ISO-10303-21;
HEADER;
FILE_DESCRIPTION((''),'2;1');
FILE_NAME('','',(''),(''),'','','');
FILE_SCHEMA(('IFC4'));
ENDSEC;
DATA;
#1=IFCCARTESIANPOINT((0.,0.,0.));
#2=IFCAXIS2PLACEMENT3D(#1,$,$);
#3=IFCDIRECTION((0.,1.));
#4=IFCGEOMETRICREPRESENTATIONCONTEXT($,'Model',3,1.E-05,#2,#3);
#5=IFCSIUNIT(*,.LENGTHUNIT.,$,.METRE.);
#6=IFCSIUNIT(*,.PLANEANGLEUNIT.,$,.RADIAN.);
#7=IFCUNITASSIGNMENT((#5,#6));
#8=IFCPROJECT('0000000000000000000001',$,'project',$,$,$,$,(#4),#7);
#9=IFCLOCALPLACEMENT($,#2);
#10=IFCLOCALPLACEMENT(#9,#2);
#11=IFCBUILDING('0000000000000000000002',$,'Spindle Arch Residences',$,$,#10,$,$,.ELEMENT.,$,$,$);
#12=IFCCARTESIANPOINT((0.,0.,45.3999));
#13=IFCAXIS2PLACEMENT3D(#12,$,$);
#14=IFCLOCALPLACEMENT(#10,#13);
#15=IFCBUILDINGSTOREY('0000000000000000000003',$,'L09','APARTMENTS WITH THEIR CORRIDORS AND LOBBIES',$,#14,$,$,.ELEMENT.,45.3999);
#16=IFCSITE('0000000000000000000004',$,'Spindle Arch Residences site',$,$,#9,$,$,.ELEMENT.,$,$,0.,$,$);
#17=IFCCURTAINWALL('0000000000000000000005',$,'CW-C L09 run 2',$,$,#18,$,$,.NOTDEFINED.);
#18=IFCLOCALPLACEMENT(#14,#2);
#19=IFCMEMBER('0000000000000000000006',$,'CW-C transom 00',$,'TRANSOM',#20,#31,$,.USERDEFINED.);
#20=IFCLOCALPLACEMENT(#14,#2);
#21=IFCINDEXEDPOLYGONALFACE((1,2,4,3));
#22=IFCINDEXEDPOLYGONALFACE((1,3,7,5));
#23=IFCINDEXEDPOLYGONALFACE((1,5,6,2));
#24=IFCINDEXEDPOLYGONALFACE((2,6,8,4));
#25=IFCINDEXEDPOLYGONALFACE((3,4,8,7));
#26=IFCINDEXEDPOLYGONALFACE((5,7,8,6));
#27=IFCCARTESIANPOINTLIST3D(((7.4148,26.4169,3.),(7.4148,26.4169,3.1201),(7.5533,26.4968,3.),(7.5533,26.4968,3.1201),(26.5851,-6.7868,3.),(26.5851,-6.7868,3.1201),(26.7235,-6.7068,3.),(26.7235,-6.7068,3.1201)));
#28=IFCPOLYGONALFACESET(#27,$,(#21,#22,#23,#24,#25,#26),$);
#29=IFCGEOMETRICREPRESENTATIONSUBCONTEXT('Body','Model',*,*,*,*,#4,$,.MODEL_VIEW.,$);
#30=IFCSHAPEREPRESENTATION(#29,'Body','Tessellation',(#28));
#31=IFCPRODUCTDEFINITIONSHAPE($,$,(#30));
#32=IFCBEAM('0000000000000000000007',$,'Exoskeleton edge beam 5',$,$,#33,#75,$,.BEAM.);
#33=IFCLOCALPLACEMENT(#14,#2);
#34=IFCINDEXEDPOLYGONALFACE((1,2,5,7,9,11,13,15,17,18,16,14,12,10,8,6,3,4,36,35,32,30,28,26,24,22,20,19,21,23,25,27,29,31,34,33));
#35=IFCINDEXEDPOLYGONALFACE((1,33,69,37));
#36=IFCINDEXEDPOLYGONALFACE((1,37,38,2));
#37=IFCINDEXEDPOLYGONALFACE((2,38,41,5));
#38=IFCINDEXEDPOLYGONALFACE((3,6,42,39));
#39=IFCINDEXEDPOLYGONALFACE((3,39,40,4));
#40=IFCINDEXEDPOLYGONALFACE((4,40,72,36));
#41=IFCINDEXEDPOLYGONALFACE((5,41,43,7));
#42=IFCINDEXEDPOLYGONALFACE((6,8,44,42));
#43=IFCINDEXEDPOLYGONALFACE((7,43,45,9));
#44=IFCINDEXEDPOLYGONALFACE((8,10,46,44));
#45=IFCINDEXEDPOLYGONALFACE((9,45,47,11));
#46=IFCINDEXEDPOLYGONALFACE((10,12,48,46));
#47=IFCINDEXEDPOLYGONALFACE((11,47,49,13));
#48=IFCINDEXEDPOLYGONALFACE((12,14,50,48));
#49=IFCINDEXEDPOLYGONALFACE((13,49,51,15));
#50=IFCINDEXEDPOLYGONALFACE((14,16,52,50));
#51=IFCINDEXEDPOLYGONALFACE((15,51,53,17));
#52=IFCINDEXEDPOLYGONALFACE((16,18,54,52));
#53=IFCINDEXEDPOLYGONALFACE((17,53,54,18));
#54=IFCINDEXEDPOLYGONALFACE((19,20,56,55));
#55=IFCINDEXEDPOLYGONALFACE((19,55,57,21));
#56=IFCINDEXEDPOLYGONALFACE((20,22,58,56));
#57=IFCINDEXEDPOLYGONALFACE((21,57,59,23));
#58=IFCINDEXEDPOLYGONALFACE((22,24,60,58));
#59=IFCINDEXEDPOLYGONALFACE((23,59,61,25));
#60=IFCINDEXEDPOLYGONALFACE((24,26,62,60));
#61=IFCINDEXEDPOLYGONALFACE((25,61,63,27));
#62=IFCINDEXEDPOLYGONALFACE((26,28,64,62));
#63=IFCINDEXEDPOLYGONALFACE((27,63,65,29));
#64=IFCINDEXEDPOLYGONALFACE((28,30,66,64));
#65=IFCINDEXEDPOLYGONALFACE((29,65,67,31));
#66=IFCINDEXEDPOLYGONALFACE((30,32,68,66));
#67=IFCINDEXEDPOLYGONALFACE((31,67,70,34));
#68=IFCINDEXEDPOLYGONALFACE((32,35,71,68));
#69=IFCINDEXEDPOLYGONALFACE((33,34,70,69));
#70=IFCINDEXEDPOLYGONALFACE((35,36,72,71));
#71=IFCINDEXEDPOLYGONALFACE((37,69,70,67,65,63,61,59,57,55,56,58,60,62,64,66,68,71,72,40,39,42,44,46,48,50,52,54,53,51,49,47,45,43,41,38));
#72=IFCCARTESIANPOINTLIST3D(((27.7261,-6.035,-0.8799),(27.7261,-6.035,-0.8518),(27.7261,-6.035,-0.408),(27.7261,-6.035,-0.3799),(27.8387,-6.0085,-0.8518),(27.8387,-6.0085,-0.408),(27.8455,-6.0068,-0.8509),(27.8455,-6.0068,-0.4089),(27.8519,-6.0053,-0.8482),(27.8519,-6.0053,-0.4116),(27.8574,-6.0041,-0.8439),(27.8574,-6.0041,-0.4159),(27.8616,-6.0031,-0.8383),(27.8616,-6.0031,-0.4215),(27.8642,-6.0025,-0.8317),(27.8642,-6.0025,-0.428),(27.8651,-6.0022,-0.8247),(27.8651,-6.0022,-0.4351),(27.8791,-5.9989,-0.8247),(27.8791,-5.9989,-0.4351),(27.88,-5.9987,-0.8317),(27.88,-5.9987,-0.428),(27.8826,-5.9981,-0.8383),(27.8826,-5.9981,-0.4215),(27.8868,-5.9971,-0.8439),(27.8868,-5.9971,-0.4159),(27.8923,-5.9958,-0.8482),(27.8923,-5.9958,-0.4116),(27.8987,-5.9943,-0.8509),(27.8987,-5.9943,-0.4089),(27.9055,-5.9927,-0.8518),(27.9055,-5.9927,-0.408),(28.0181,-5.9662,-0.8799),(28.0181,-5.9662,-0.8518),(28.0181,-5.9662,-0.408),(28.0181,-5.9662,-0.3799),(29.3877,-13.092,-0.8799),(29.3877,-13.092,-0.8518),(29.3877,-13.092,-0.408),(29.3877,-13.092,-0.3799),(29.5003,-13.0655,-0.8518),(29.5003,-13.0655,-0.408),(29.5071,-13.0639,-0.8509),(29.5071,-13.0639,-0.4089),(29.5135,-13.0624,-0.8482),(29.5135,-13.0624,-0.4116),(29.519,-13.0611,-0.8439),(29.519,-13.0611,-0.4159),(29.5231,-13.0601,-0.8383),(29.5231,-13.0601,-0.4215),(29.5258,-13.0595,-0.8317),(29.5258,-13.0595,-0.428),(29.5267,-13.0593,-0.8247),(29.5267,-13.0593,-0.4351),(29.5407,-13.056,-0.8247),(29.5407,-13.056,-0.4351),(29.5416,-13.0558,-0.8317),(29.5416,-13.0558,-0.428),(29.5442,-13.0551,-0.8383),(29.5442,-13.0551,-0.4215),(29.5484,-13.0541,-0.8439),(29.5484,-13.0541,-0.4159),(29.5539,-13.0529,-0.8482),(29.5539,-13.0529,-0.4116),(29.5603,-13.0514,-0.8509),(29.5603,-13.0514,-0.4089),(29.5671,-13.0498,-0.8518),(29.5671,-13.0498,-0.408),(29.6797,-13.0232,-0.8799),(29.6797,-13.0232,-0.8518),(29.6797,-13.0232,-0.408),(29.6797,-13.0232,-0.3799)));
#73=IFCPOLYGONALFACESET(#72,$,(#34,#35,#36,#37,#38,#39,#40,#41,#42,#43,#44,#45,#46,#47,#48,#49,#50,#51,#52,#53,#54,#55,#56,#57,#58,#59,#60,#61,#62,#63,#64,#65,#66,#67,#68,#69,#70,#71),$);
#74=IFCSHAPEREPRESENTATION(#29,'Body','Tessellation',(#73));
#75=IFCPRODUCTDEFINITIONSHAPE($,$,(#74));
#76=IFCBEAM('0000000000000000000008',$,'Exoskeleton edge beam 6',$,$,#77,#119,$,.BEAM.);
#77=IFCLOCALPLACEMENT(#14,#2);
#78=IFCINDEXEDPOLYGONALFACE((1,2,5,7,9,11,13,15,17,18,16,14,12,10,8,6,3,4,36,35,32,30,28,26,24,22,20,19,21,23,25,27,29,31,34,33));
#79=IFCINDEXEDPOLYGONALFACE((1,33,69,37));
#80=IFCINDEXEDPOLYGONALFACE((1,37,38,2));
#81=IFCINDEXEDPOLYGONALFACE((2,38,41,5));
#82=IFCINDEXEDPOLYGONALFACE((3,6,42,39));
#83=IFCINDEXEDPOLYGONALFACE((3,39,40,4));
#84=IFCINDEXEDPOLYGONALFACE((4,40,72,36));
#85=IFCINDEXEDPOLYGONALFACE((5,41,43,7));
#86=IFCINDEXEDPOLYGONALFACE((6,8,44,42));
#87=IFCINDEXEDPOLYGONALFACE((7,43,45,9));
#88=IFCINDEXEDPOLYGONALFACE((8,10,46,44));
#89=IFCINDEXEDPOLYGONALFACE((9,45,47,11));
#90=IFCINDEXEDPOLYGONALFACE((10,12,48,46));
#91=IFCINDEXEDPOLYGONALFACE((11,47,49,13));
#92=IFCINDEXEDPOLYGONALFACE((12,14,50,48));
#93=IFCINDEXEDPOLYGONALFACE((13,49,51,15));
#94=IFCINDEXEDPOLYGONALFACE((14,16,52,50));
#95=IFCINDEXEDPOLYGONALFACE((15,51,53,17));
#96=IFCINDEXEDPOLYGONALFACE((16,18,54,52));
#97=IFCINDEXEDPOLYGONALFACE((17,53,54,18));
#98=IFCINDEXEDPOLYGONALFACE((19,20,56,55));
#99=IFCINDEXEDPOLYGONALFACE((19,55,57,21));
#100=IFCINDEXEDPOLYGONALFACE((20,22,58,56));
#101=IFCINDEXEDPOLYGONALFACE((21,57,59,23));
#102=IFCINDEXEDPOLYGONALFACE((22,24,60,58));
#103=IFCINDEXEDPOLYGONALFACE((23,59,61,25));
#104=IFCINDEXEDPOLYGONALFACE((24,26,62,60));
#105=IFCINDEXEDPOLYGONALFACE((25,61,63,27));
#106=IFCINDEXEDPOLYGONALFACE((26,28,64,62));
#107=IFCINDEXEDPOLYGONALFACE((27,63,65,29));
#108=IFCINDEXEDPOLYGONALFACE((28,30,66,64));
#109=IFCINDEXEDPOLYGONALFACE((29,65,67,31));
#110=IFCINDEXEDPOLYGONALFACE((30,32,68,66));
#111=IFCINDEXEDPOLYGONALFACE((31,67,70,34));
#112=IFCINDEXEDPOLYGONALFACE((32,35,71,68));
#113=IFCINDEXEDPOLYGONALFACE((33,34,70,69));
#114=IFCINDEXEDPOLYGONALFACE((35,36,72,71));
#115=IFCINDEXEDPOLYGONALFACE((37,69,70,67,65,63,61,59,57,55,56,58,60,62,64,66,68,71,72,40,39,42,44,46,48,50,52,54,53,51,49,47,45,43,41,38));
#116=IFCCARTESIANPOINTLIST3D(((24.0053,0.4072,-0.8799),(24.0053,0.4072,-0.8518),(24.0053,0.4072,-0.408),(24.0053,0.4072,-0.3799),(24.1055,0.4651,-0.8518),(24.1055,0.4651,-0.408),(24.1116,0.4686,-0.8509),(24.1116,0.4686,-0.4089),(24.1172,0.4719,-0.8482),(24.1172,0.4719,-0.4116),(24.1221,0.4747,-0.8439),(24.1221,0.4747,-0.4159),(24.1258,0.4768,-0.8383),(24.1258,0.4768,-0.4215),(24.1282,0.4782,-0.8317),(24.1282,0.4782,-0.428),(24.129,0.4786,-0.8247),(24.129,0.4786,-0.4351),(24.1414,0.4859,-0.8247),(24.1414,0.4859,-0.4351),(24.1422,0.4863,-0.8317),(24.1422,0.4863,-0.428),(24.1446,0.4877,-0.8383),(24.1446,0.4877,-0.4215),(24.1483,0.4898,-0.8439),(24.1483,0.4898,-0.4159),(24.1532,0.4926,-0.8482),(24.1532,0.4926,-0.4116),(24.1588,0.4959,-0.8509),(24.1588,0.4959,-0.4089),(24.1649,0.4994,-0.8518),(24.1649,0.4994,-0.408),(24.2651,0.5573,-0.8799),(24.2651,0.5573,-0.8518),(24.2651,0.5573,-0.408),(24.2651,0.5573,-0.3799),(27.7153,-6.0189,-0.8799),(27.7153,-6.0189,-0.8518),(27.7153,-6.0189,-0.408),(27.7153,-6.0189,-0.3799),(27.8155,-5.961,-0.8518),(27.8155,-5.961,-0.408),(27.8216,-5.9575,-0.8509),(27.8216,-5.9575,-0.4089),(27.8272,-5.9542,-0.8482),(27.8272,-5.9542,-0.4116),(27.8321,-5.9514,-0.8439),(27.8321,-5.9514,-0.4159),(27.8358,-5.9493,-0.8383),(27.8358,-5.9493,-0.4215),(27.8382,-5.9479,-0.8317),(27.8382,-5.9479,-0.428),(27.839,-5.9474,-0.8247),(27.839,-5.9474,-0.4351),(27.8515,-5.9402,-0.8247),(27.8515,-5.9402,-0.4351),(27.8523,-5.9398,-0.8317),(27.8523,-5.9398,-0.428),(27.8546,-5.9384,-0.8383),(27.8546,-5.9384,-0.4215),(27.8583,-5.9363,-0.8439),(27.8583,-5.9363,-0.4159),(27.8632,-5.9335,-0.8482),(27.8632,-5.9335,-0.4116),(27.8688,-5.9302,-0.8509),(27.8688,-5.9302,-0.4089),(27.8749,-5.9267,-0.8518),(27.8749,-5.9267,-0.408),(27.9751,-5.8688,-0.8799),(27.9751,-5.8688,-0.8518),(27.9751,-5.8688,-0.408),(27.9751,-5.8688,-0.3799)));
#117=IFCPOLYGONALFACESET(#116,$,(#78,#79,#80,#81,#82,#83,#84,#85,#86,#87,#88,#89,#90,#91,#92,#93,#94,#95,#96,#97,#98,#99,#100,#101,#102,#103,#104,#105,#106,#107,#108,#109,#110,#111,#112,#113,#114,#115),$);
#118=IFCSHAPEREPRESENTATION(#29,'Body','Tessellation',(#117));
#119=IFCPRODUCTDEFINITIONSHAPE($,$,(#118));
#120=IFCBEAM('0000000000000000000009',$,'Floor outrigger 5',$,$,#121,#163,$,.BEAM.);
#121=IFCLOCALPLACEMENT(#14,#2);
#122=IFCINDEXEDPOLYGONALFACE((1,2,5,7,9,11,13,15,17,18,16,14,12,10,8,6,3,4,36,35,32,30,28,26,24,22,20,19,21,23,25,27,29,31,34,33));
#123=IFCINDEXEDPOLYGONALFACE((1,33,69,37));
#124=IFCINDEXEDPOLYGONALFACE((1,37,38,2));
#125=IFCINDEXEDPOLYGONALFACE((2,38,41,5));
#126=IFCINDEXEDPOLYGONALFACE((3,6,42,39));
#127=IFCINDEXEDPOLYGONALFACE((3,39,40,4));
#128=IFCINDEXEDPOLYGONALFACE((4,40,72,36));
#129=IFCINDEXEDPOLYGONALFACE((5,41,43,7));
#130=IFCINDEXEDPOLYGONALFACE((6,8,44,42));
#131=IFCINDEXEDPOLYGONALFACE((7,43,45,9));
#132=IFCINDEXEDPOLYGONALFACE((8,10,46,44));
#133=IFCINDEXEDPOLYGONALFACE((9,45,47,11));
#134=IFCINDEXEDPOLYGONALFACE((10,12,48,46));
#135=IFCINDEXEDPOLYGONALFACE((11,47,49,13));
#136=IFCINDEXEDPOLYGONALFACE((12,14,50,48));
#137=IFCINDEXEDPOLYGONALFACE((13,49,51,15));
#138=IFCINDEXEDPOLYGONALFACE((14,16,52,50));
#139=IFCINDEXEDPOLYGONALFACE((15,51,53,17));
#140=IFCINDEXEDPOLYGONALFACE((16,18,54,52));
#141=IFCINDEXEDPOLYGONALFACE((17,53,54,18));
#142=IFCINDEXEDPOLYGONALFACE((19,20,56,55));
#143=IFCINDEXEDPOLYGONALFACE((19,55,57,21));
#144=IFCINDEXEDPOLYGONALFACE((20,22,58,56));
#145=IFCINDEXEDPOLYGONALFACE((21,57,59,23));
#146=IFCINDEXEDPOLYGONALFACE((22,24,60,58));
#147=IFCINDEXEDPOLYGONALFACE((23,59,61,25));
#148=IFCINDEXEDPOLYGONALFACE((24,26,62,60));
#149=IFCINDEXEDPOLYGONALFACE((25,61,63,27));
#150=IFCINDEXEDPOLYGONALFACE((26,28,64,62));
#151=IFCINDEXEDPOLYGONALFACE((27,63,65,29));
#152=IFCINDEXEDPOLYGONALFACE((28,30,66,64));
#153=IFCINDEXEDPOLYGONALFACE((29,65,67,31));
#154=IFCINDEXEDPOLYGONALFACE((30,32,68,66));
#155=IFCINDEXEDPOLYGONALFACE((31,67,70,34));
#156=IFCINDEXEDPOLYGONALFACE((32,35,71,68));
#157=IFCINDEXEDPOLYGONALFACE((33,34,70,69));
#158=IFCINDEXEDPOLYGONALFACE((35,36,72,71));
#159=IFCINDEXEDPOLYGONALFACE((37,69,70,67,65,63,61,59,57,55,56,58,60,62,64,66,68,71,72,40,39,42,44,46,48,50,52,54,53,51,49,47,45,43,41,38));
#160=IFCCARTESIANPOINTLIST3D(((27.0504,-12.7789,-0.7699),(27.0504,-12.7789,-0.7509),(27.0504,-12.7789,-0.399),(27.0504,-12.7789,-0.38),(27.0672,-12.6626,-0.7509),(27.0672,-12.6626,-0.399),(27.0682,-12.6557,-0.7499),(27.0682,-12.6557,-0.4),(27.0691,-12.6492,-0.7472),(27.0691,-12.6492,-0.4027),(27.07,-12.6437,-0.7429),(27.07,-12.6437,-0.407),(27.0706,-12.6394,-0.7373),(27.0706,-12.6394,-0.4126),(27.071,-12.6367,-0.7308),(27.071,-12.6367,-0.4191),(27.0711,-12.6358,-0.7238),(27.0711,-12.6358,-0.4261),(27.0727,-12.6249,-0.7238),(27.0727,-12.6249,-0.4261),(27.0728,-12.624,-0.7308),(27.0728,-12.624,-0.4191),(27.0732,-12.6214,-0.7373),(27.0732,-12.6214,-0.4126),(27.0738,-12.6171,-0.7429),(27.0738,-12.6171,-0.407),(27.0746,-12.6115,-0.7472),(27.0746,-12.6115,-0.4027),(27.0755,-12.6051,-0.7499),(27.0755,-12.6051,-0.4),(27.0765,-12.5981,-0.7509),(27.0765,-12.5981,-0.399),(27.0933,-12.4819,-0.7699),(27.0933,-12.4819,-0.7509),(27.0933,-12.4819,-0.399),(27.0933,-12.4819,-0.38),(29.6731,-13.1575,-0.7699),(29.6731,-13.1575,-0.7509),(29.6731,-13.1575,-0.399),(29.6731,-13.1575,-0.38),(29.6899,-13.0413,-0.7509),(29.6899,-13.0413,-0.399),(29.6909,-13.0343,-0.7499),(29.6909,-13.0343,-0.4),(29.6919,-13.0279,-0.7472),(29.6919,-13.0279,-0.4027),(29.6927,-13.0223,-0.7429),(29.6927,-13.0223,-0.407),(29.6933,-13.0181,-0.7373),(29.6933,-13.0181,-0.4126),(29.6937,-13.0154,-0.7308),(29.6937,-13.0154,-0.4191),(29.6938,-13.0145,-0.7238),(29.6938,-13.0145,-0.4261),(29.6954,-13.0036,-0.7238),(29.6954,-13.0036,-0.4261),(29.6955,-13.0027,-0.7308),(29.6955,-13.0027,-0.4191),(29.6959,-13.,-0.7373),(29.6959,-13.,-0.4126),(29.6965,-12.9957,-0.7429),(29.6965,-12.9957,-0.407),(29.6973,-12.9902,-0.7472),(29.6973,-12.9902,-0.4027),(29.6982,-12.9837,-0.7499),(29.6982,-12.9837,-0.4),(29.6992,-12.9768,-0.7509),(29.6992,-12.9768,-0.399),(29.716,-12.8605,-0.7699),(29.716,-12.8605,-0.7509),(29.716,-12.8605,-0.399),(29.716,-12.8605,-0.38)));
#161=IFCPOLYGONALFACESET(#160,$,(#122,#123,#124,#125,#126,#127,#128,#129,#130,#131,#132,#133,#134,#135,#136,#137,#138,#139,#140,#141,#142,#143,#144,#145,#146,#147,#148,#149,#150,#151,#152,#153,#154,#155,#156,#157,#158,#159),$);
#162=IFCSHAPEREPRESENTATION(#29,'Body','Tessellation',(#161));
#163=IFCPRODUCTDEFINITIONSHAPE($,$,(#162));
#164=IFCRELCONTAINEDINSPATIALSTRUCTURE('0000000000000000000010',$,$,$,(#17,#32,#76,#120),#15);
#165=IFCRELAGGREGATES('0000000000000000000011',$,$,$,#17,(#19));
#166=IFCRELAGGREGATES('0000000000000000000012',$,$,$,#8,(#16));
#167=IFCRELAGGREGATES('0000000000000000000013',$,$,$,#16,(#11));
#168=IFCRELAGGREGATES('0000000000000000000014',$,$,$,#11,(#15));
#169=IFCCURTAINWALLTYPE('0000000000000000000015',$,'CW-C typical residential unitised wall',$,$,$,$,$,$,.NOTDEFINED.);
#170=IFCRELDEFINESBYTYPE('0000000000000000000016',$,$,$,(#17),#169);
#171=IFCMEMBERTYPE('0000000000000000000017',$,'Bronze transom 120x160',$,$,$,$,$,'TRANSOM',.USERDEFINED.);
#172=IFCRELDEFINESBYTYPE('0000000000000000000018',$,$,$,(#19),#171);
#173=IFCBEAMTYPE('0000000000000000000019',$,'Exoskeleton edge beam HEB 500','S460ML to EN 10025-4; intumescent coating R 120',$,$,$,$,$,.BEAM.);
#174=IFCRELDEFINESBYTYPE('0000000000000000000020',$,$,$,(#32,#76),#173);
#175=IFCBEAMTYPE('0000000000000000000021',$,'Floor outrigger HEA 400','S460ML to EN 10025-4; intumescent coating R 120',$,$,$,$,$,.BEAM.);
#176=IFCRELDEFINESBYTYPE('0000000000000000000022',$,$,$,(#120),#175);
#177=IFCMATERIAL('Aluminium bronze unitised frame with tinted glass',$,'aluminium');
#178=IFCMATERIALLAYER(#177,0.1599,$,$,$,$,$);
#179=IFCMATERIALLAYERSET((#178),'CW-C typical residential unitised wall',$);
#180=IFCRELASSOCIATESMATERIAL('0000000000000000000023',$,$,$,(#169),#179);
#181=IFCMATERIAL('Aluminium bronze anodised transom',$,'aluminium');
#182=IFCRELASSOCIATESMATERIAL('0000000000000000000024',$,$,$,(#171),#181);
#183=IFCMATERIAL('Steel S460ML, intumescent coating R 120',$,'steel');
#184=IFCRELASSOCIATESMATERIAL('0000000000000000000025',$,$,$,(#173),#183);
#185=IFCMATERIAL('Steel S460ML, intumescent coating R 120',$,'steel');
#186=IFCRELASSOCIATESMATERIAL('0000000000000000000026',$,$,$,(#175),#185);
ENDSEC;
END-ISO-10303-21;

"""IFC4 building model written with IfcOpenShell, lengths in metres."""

from ifc_helpers import new_model, si_unit, direction, frame, origin, origin_2d, place, context, subcontext, project, spatial, rectangle, i_section, extrude, material, layer, layer_set, material_profile, profile_set, type_object, element, aggregate, save


model = new_model("IFC4")

# Units and contexts
model_context = context("Model", 3, precision=1e-05, world=origin(), true_north=direction((0.0, 1.0)))
body_context = subcontext(model_context, "Body", "Model", "MODEL_VIEW")
ifc_project = project(units=[si_unit("LENGTHUNIT", "METRE"), si_unit("PLANEANGLEUNIT", "RADIAN")], contexts=[model_context])

# Site, building, storey
site_placement = place(None, origin())
site = spatial("IfcSite", under=ifc_project, at=site_placement, Name="Spindle Arch Residences site", CompositionType="ELEMENT", RefElevation=0.0)
building_placement = place(site_placement, origin())
building = spatial("IfcBuilding", under=site, at=building_placement, Name="Spindle Arch Residences", CompositionType="ELEMENT")
storey_placement = place(building_placement, frame((0.0, 0.0, 45.3999)))
storey = spatial("IfcBuildingStorey", under=building, at=storey_placement, Name="L09", Description="APARTMENTS WITH THEIR CORRIDORS AND LOBBIES", CompositionType="ELEMENT", Elevation=45.3999)

# Curtain wall
ifc_material_1 = material(Name="Aluminium bronze unitised frame with tinted glass", Category="aluminium")
ifc_layer_1 = layer(ifc_material_1, 0.1599)
ifc_layer_set_1 = layer_set([ifc_layer_1], Name="CW-C typical residential unitised wall")
curtain_wall_type_1 = type_object("IfcCurtainWallType", Name="CW-C typical residential unitised wall", PredefinedType="NOTDEFINED", material=ifc_layer_set_1)
curtain_wall_1_placement = place(storey_placement, origin())
curtain_wall_1 = element("IfcCurtainWall", 1, at=curtain_wall_1_placement, inside=storey, type_object=curtain_wall_type_1, Name="CW-C L09 run 2", PredefinedType="NOTDEFINED")

# Member
ifc_material_2 = material(Name="Aluminium bronze anodised transom", Category="aluminium")
ifc_material_profile_1 = material_profile(ifc_material_2, rectangle(XDim=0.1599, YDim=0.1201, at=origin_2d()), Name="TR 120x160")
ifc_profile_set_1 = profile_set([ifc_material_profile_1], Name="Aluminium bronze anodised transom")
member_type_1 = type_object("IfcMemberType", Name="Bronze transom 120x160", ElementType="TRANSOM", PredefinedType="USERDEFINED", material=ifc_profile_set_1)
member_1_placement = place(storey_placement, frame((26.6543, -6.7468, 3.0601), z_axis=(-0.500001, 0.866025, 0.0), x_axis=(-0.866025, -0.500001, 0.0)))
member_1 = element("IfcMember", 2, at=member_1_placement, type_object=member_type_1, Name="CW-C transom 00", ObjectType="TRANSOM", PredefinedType="USERDEFINED", context=body_context, shape_type="SweptSolid", body=[
    extrude(rectangle(XDim=0.1599, YDim=0.1201, at=origin_2d()), origin(), (0.0, 0.0, 1.0), 38.3403),
])

# Beams
ifc_material_3 = material(Name="Steel S460ML, intumescent coating R 120", Category="steel")
ifc_material_profile_2 = material_profile(ifc_material_3, i_section(OverallWidth=0.3, OverallDepth=0.5, WebThickness=0.0144, FlangeThickness=0.0281, FilletRadius=0.0271, at=origin_2d()), Name="HEB 500")
ifc_profile_set_2 = profile_set([ifc_material_profile_2], Name="Steel S460ML, intumescent coating R 120")
beam_type_1 = type_object("IfcBeamType", Name="Exoskeleton edge beam HEB 500", Description="S460ML to EN 10025-4; intumescent coating R 120", PredefinedType="BEAM", material=ifc_profile_set_2)
beam_1_placement = place(storey_placement, frame((29.5337, -13.0576, -0.6299), z_axis=(-0.229186, 0.973383, 0.0), x_axis=(-0.973383, -0.229186, 0.0)))
element("IfcBeam", 3, at=beam_1_placement, inside=storey, type_object=beam_type_1, Name="Exoskeleton edge beam 5", PredefinedType="BEAM", context=body_context, shape_type="SweptSolid", body=[
    extrude(i_section(OverallWidth=0.3, OverallDepth=0.5, WebThickness=0.0144, FlangeThickness=0.0281, FilletRadius=0.0271, at=origin_2d()), origin(), (0.0, 0.0, 1.0), 7.25),
])
beam_2_placement = place(storey_placement, frame((27.8452, -5.9438, -0.6299), z_axis=(-0.499989, 0.866032, 0.0), x_axis=(-0.866032, -0.499989, 0.0)))
element("IfcBeam", 4, at=beam_2_placement, inside=storey, type_object=beam_type_1, Name="Exoskeleton edge beam 6", PredefinedType="BEAM", context=body_context, shape_type="SweptSolid", body=[
    extrude(i_section(OverallWidth=0.3, OverallDepth=0.5, WebThickness=0.0144, FlangeThickness=0.0281, FilletRadius=0.0271, at=origin_2d()), origin(), (0.0, 0.0, 1.0), 7.4202),
])
ifc_material_4 = material(Name="Steel S460ML, intumescent coating R 120", Category="steel")
ifc_material_profile_3 = material_profile(ifc_material_4, i_section(OverallWidth=0.3, OverallDepth=0.3899, WebThickness=0.011, FlangeThickness=0.019, FilletRadius=0.0271, at=origin_2d()), Name="HEA 400")
ifc_profile_set_3 = profile_set([ifc_material_profile_3], Name="Steel S460ML, intumescent coating R 120")
beam_type_2 = type_object("IfcBeamType", Name="Floor outrigger HEA 400", Description="S460ML to EN 10025-4; intumescent coating R 120", PredefinedType="BEAM", material=ifc_profile_set_3)
beam_3_placement = place(storey_placement, frame((29.6946, -13.009, -0.575), z_axis=(-0.989738, 0.142892, 0.0), x_axis=(-0.142892, -0.989738, 0.0)))
element("IfcBeam", 5, at=beam_3_placement, inside=storey, type_object=beam_type_2, Name="Floor outrigger 5", PredefinedType="BEAM", context=body_context, shape_type="SweptSolid", body=[
    extrude(i_section(OverallWidth=0.3, OverallDepth=0.3899, WebThickness=0.011, FlangeThickness=0.019, FilletRadius=0.0271, at=origin_2d()), origin(), (0.0, 0.0, 1.0), 2.6499),
])

aggregate(curtain_wall_1, [member_1])

save(model, "model.ifc")
